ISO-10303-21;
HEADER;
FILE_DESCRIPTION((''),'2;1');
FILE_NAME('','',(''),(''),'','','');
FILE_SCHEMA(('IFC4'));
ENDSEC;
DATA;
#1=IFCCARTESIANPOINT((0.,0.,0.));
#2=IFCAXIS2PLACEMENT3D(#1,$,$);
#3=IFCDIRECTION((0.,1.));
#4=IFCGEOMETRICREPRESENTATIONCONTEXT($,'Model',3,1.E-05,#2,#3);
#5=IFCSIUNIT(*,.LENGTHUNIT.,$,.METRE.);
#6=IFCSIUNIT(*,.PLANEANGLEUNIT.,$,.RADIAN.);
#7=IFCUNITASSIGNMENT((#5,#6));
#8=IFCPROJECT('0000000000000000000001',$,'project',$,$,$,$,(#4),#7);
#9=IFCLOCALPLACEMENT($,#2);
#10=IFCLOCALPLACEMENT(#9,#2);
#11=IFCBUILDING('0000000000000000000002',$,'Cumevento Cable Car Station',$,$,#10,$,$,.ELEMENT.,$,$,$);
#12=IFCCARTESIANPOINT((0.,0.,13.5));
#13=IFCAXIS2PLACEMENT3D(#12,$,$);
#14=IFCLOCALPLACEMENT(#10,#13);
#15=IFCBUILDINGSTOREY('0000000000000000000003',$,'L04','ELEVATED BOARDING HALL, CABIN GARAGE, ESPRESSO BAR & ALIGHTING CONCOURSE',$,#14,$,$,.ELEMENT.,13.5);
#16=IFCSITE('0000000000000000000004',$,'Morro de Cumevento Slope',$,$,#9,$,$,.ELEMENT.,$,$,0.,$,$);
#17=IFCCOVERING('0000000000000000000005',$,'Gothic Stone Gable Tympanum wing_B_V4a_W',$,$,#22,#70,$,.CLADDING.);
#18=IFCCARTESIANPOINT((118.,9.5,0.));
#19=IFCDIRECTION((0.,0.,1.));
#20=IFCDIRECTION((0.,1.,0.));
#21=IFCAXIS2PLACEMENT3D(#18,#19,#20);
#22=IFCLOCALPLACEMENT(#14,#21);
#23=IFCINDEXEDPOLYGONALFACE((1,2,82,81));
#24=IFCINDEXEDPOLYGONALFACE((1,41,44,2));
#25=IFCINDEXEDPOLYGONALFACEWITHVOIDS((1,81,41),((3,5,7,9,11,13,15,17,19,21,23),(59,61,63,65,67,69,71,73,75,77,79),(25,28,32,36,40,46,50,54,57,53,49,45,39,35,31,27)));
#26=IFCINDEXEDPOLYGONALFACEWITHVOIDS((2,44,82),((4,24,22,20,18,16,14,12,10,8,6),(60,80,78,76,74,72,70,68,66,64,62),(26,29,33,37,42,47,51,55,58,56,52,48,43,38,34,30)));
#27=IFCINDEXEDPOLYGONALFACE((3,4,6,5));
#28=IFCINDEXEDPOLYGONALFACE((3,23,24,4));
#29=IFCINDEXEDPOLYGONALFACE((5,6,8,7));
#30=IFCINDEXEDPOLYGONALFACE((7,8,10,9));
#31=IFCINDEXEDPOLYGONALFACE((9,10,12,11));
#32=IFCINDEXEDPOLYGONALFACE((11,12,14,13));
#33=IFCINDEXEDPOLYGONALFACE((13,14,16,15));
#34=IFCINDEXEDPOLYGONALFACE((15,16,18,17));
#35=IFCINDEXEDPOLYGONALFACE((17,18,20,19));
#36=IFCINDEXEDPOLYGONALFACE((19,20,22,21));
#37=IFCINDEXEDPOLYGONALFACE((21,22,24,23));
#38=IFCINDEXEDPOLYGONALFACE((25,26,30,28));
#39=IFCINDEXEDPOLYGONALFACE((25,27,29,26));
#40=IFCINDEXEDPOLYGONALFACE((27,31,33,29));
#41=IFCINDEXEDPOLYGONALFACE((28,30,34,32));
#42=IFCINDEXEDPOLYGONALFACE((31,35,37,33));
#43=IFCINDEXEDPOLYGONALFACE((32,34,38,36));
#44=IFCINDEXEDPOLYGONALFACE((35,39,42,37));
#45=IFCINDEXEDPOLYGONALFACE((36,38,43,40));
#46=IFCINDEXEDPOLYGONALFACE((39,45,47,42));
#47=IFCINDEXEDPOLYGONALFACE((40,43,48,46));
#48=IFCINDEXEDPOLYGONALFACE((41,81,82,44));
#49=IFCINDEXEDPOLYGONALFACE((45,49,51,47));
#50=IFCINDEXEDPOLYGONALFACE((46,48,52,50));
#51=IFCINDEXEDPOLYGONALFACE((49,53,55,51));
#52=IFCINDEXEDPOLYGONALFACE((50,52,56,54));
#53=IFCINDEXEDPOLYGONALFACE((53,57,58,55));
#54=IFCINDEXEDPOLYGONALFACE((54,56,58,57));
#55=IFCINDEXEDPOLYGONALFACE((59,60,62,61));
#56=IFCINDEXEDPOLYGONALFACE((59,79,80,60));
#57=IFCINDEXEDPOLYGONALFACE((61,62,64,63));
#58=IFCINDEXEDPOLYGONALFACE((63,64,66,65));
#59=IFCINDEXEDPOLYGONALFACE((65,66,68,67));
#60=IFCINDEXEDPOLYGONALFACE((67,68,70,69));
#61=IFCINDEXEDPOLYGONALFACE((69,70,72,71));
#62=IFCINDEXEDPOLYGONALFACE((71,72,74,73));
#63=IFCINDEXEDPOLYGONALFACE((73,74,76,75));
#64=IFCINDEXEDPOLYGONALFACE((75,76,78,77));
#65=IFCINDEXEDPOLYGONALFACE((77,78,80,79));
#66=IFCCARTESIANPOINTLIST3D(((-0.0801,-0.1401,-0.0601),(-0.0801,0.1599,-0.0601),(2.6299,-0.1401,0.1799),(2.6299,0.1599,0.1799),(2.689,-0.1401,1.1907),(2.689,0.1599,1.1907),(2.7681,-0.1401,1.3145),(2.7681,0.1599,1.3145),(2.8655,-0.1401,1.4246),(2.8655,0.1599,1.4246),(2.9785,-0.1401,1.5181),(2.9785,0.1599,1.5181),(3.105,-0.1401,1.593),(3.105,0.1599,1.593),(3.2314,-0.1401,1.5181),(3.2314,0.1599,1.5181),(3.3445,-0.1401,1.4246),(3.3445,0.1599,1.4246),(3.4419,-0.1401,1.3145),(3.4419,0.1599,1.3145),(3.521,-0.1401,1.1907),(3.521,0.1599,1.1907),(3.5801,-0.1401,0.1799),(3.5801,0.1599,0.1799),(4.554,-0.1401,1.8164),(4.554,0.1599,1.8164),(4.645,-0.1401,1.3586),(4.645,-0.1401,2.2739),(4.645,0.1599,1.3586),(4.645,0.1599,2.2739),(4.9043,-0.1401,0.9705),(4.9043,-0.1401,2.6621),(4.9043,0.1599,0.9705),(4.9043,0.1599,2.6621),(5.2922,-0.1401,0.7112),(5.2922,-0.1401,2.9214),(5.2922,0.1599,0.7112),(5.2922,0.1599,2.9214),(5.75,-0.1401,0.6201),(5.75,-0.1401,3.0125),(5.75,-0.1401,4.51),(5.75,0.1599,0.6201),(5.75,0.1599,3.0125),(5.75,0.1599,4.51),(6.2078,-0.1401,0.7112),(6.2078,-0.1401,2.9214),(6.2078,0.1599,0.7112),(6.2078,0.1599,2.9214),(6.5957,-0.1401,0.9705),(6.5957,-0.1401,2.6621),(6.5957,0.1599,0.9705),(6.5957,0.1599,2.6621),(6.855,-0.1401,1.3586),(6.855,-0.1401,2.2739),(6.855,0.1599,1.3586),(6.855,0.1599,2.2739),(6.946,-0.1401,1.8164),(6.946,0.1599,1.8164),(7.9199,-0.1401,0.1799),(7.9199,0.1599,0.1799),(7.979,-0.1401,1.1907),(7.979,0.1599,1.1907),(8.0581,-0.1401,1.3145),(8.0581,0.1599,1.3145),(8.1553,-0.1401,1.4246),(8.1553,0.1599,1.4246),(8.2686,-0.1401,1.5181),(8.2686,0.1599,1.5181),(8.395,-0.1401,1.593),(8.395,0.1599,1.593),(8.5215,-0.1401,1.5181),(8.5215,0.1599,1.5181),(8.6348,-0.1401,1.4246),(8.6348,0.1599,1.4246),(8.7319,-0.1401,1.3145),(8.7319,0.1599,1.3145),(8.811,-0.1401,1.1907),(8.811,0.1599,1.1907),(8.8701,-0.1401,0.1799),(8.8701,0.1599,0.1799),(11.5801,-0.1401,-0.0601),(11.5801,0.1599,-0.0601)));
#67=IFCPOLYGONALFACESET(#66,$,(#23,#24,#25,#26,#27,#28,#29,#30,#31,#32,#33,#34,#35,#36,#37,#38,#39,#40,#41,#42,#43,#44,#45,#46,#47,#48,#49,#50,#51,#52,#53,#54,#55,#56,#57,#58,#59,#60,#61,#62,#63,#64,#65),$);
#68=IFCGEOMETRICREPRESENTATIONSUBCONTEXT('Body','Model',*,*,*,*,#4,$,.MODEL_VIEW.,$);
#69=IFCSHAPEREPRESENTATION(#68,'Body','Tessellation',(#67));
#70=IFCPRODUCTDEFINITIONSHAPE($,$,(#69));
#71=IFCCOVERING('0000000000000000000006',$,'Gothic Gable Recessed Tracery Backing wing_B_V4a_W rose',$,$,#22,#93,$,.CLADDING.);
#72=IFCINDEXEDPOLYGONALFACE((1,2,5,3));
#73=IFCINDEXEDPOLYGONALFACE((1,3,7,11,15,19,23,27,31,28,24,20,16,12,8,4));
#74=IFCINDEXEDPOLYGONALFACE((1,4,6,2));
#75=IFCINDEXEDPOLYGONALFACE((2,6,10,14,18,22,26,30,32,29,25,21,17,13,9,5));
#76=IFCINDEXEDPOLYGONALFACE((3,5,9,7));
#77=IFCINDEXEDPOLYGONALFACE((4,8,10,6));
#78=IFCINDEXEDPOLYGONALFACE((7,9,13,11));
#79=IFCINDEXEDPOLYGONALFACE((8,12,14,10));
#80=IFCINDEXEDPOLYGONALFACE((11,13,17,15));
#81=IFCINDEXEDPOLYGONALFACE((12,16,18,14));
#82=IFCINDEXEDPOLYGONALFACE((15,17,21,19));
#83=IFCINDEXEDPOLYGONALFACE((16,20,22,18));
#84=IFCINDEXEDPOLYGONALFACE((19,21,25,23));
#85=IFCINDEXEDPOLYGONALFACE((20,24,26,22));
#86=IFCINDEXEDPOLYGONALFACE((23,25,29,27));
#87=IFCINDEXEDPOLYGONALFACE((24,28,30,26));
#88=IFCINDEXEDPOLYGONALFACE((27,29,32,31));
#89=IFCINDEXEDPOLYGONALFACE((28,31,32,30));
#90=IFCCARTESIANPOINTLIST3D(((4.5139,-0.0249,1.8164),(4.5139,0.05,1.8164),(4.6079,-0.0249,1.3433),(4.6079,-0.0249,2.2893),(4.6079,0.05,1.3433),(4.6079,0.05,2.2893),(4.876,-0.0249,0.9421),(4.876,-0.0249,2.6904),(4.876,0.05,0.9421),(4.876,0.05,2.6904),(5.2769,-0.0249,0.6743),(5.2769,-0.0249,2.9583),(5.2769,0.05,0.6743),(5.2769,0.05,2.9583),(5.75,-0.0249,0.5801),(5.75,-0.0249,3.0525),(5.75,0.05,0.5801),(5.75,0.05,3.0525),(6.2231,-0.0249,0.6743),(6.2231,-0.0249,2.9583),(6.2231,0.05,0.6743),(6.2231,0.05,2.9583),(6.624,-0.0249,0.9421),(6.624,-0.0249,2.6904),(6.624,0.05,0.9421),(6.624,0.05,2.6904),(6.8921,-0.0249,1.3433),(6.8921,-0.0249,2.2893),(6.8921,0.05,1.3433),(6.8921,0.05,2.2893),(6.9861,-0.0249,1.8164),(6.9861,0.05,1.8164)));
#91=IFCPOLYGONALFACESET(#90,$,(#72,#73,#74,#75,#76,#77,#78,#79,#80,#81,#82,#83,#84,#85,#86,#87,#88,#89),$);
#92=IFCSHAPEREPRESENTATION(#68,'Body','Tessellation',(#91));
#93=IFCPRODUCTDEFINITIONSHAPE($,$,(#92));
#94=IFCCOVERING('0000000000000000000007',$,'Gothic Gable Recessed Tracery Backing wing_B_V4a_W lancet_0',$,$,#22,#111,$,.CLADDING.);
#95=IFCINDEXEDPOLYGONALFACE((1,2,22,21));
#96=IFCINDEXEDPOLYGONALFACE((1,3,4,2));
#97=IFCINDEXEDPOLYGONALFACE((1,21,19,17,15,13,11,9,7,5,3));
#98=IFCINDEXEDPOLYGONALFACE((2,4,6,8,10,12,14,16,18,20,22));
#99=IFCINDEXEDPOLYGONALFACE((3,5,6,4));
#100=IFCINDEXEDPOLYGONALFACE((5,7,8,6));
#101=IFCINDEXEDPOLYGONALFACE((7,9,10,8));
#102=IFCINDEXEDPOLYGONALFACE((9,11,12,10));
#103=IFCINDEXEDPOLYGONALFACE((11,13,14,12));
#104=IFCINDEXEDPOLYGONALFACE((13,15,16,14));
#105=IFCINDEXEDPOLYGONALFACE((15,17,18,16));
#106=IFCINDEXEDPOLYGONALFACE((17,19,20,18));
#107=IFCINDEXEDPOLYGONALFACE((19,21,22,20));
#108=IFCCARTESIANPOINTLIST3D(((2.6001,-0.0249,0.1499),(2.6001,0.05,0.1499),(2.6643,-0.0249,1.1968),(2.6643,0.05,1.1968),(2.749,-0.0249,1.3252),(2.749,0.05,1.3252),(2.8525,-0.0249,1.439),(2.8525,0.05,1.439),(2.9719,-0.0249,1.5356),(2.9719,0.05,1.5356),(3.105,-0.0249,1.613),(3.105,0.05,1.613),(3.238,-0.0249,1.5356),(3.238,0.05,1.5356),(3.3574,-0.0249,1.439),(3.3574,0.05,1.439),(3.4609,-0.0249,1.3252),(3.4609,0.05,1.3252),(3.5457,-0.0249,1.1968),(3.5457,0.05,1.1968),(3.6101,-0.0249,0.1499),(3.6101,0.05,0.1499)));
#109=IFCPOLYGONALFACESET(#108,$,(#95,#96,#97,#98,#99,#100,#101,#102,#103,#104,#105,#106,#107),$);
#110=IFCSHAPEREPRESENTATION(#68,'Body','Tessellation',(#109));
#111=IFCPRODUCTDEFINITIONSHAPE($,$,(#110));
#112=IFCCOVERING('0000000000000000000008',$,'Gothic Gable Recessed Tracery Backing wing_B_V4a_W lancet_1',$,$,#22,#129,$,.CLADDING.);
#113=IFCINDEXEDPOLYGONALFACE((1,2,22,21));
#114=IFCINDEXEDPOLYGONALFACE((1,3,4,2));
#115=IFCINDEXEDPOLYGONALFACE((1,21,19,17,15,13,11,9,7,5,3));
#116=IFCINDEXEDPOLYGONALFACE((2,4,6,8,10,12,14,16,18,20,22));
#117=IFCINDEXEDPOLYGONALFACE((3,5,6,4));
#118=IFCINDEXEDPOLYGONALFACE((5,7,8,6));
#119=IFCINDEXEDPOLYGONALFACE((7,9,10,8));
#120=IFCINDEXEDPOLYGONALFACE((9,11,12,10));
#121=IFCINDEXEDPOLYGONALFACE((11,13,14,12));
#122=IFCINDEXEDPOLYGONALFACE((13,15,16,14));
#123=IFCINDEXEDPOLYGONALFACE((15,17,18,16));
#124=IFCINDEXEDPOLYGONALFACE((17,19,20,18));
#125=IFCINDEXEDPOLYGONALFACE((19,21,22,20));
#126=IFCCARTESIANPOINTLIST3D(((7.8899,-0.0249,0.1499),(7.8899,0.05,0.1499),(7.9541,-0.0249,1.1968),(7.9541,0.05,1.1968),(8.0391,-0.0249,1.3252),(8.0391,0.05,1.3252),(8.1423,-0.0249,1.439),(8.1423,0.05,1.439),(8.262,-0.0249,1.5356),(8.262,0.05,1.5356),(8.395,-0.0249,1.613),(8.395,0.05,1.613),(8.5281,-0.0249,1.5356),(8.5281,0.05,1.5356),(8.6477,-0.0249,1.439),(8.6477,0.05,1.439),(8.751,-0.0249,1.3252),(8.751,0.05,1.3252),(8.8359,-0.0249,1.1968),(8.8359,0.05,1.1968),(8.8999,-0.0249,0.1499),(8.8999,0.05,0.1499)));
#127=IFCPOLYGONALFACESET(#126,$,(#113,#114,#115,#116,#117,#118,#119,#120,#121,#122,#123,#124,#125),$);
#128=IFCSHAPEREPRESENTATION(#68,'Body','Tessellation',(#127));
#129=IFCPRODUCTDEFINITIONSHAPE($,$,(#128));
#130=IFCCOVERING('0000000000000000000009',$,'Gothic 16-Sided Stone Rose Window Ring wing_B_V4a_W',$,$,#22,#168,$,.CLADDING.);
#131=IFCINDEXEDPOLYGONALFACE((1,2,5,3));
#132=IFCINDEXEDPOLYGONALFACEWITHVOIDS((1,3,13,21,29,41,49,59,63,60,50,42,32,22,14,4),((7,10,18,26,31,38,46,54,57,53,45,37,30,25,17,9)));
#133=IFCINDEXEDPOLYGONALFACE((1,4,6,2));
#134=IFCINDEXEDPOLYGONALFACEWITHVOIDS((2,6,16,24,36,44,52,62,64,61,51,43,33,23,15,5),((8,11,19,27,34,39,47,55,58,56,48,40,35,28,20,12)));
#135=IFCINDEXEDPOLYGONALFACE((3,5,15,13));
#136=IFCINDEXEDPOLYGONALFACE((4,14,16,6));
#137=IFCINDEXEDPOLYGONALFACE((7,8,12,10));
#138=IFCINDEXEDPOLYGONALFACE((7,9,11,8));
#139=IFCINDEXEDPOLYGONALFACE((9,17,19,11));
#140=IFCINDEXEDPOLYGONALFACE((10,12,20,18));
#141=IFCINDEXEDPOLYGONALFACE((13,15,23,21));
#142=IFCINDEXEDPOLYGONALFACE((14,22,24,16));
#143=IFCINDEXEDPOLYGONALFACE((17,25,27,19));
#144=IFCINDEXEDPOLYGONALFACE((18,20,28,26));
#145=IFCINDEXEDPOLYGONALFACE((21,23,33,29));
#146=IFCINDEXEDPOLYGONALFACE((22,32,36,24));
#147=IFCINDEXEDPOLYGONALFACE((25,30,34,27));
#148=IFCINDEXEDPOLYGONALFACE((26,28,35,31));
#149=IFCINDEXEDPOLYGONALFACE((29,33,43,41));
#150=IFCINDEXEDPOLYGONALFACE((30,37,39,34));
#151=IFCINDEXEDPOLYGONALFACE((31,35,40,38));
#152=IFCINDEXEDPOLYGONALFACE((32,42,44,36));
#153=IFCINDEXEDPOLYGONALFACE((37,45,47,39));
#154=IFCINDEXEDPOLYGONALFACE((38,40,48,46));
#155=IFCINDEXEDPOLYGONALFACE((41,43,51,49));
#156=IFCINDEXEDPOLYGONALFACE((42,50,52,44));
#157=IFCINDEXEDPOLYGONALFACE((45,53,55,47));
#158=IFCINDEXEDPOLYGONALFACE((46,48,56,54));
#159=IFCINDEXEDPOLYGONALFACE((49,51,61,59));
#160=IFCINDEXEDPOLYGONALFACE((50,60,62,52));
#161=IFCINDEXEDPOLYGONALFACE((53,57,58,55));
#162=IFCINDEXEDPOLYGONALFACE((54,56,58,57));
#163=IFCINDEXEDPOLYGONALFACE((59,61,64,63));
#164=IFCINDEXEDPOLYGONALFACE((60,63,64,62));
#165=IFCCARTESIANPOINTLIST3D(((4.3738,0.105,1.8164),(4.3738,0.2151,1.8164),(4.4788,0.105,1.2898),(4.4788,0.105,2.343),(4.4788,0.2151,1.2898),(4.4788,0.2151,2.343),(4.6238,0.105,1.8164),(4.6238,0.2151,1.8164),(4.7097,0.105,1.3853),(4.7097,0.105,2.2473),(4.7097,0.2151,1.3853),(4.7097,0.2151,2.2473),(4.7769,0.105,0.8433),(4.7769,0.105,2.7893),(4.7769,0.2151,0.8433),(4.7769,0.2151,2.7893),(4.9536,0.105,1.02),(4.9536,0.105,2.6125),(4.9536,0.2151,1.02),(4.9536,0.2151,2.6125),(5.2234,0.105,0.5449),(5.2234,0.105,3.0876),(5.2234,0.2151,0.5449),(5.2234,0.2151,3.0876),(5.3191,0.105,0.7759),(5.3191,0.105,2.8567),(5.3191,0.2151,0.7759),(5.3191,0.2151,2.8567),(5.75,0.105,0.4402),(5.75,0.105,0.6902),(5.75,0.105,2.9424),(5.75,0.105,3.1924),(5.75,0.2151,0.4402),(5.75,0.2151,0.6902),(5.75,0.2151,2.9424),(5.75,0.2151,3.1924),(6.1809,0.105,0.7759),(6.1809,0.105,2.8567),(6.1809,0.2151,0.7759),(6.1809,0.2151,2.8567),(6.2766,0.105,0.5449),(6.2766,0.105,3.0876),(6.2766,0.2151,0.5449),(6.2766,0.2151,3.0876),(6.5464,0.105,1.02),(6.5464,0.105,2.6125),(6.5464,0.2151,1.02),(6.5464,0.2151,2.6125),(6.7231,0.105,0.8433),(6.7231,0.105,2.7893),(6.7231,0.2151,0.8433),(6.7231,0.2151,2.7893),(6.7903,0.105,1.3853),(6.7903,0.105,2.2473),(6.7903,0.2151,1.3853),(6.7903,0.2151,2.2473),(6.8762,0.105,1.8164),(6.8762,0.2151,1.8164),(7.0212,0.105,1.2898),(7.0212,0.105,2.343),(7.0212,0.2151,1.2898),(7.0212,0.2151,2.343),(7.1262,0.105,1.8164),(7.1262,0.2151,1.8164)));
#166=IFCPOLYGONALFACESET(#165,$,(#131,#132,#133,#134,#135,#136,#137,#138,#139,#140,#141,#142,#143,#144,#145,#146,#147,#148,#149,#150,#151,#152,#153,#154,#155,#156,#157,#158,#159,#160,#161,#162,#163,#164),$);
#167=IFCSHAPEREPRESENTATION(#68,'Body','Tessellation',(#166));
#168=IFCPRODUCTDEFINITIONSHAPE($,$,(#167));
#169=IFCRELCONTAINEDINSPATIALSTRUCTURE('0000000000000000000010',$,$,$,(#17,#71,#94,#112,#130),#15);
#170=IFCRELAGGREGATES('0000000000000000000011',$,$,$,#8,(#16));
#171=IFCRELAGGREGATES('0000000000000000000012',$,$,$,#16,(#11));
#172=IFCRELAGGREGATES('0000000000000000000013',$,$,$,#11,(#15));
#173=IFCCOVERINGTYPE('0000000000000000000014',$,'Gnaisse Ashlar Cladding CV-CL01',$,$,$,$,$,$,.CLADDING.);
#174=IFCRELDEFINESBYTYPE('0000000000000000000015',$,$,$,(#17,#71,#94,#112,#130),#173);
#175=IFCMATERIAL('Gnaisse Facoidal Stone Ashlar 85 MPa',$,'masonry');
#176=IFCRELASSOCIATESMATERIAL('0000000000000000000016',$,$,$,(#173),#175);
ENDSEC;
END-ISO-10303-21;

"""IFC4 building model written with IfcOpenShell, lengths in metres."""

from ifc_helpers import new_model, si_unit, direction, frame, origin, place, context, subcontext, project, spatial, polyline, outline, extrude, material, type_object, element, save


model = new_model("IFC4")

# Units and contexts
model_context = context("Model", 3, precision=1e-05, world=origin(), true_north=direction((0.0, 1.0)))
body_context = subcontext(model_context, "Body", "Model", "MODEL_VIEW")
ifc_project = project(units=[si_unit("LENGTHUNIT", "METRE"), si_unit("PLANEANGLEUNIT", "RADIAN")], contexts=[model_context])

# Site, building, storey
site_placement = place(None, origin())
site = spatial("IfcSite", under=ifc_project, at=site_placement, Name="Morro de Cumevento Slope", CompositionType="ELEMENT", RefElevation=0.0)
building_placement = place(site_placement, origin())
building = spatial("IfcBuilding", under=site, at=building_placement, Name="Cumevento Cable Car Station", CompositionType="ELEMENT")
storey_placement = place(building_placement, frame((0.0, 0.0, 13.5)))
storey = spatial("IfcBuildingStorey", under=building, at=storey_placement, Name="L04", Description="ELEVATED BOARDING HALL, CABIN GARAGE, ESPRESSO BAR & ALIGHTING CONCOURSE", CompositionType="ELEMENT", Elevation=13.5)

# Coverings
ifc_material_1 = material(Name="Gnaisse Facoidal Stone Ashlar 85 MPa", Category="masonry")
covering_type_1 = type_object("IfcCoveringType", Name="Gnaisse Ashlar Cladding CV-CL01", PredefinedType="CLADDING", material=ifc_material_1)
placement = place(storey_placement, frame((118.0, 9.5, 0.0), z_axis=(0.0, 0.0, 1.0), x_axis=(0.0, 1.0, 0.0)))
element("IfcCovering", 1, at=placement, inside=storey, type_object=covering_type_1, Name="Gothic Stone Gable Tympanum wing_B_V4a_W", PredefinedType="CLADDING", context=body_context, shape_type="SweptSolid", body=[
    extrude(outline(polyline([(-0.0801, -0.0601), (11.5801, -0.0601), (5.75, 4.51), (-0.0801, -0.0601)]), holes=[polyline([(6.946, 1.8164), (6.855, 2.2739), (6.5957, 2.6621), (6.2078, 2.9214), (5.75, 3.0125), (5.2922, 2.9214), (4.9043, 2.6621), (4.645, 2.2739), (4.554, 1.8164), (4.645, 1.3586), (4.9043, 0.9705), (5.2922, 0.7112), (5.75, 0.6201), (6.2078, 0.7112), (6.5957, 0.9705), (6.855, 1.3586), (6.946, 1.8164)]), polyline([(2.6299, 0.1799), (3.5801, 0.1799), (3.521, 1.1907), (3.4419, 1.3145), (3.3445, 1.4246), (3.2314, 1.5181), (3.105, 1.593), (2.9785, 1.5181), (2.8655, 1.4246), (2.7681, 1.3145), (2.689, 1.1907), (2.6299, 0.1799)]), polyline([(7.9199, 0.1799), (8.8701, 0.1799), (8.811, 1.1907), (8.7319, 1.3145), (8.6348, 1.4246), (8.5215, 1.5181), (8.395, 1.593), (8.2686, 1.5181), (8.1553, 1.4246), (8.0581, 1.3145), (7.979, 1.1907), (7.9199, 0.1799)])]), frame((0.0, 0.1599, 0.0), z_axis=(0.0, -1.0, 0.0), x_axis=(1.0, 0.0, 0.0)), (0.0, 0.0, 1.0), 0.3),
])
element("IfcCovering", 2, at=placement, inside=storey, type_object=covering_type_1, Name="Gothic Gable Recessed Tracery Backing wing_B_V4a_W rose", PredefinedType="CLADDING", context=body_context, shape_type="SweptSolid", body=[
    extrude(outline(polyline([(6.9861, 1.8164), (6.8921, 2.2893), (6.624, 2.6904), (6.2231, 2.9583), (5.75, 3.0525), (5.2769, 2.9583), (4.876, 2.6904), (4.6079, 2.2893), (4.5139, 1.8164), (4.6079, 1.3433), (4.876, 0.9421), (5.2769, 0.6743), (5.75, 0.5801), (6.2231, 0.6743), (6.624, 0.9421), (6.8921, 1.3433), (6.9861, 1.8164)])), frame((0.0, 0.05, 0.0), z_axis=(0.0, -1.0, 0.0), x_axis=(1.0, 0.0, 0.0)), (0.0, 0.0, 1.0), 0.075),
])
element("IfcCovering", 3, at=placement, inside=storey, type_object=covering_type_1, Name="Gothic Gable Recessed Tracery Backing wing_B_V4a_W lancet_0", PredefinedType="CLADDING", context=body_context, shape_type="SweptSolid", body=[
    extrude(outline(polyline([(2.6001, 0.1499), (3.6101, 0.1499), (3.5457, 1.1968), (3.4609, 1.3252), (3.3574, 1.439), (3.238, 1.5356), (3.105, 1.613), (2.9719, 1.5356), (2.8525, 1.439), (2.749, 1.3252), (2.6643, 1.1968), (2.6001, 0.1499)])), frame((0.0, 0.05, 0.0), z_axis=(0.0, -1.0, 0.0), x_axis=(1.0, 0.0, 0.0)), (0.0, 0.0, 1.0), 0.075),
])
element("IfcCovering", 4, at=placement, inside=storey, type_object=covering_type_1, Name="Gothic Gable Recessed Tracery Backing wing_B_V4a_W lancet_1", PredefinedType="CLADDING", context=body_context, shape_type="SweptSolid", body=[
    extrude(outline(polyline([(7.8899, 0.1499), (8.8999, 0.1499), (8.8359, 1.1968), (8.751, 1.3252), (8.6477, 1.439), (8.5281, 1.5356), (8.395, 1.613), (8.262, 1.5356), (8.1423, 1.439), (8.0391, 1.3252), (7.9541, 1.1968), (7.8899, 0.1499)])), frame((0.0, 0.05, 0.0), z_axis=(0.0, -1.0, 0.0), x_axis=(1.0, 0.0, 0.0)), (0.0, 0.0, 1.0), 0.075),
])
element("IfcCovering", 5, at=placement, inside=storey, type_object=covering_type_1, Name="Gothic 16-Sided Stone Rose Window Ring wing_B_V4a_W", PredefinedType="CLADDING", context=body_context, shape_type="SweptSolid", body=[
    extrude(outline(polyline([(7.1262, 1.8164), (7.0212, 2.343), (6.7231, 2.7893), (6.2766, 3.0876), (5.75, 3.1924), (5.2234, 3.0876), (4.7769, 2.7893), (4.4788, 2.343), (4.3738, 1.8164), (4.4788, 1.2898), (4.7769, 0.8433), (5.2234, 0.5449), (5.75, 0.4402), (6.2766, 0.5449), (6.7231, 0.8433), (7.0212, 1.2898), (7.1262, 1.8164)]), holes=[polyline([(6.8762, 1.8164), (6.7903, 2.2473), (6.5464, 2.6125), (6.1809, 2.8567), (5.75, 2.9424), (5.3191, 2.8567), (4.9536, 2.6125), (4.7097, 2.2473), (4.6238, 1.8164), (4.7097, 1.3853), (4.9536, 1.02), (5.3191, 0.7759), (5.75, 0.6902), (6.1809, 0.7759), (6.5464, 1.02), (6.7903, 1.3853), (6.8762, 1.8164)])]), frame((0.0, 0.2151, 0.0), z_axis=(0.0, -1.0, 0.0), x_axis=(1.0, 0.0, 0.0)), (0.0, 0.0, 1.0), 0.1101),
])

save(model, "model.ifc")
